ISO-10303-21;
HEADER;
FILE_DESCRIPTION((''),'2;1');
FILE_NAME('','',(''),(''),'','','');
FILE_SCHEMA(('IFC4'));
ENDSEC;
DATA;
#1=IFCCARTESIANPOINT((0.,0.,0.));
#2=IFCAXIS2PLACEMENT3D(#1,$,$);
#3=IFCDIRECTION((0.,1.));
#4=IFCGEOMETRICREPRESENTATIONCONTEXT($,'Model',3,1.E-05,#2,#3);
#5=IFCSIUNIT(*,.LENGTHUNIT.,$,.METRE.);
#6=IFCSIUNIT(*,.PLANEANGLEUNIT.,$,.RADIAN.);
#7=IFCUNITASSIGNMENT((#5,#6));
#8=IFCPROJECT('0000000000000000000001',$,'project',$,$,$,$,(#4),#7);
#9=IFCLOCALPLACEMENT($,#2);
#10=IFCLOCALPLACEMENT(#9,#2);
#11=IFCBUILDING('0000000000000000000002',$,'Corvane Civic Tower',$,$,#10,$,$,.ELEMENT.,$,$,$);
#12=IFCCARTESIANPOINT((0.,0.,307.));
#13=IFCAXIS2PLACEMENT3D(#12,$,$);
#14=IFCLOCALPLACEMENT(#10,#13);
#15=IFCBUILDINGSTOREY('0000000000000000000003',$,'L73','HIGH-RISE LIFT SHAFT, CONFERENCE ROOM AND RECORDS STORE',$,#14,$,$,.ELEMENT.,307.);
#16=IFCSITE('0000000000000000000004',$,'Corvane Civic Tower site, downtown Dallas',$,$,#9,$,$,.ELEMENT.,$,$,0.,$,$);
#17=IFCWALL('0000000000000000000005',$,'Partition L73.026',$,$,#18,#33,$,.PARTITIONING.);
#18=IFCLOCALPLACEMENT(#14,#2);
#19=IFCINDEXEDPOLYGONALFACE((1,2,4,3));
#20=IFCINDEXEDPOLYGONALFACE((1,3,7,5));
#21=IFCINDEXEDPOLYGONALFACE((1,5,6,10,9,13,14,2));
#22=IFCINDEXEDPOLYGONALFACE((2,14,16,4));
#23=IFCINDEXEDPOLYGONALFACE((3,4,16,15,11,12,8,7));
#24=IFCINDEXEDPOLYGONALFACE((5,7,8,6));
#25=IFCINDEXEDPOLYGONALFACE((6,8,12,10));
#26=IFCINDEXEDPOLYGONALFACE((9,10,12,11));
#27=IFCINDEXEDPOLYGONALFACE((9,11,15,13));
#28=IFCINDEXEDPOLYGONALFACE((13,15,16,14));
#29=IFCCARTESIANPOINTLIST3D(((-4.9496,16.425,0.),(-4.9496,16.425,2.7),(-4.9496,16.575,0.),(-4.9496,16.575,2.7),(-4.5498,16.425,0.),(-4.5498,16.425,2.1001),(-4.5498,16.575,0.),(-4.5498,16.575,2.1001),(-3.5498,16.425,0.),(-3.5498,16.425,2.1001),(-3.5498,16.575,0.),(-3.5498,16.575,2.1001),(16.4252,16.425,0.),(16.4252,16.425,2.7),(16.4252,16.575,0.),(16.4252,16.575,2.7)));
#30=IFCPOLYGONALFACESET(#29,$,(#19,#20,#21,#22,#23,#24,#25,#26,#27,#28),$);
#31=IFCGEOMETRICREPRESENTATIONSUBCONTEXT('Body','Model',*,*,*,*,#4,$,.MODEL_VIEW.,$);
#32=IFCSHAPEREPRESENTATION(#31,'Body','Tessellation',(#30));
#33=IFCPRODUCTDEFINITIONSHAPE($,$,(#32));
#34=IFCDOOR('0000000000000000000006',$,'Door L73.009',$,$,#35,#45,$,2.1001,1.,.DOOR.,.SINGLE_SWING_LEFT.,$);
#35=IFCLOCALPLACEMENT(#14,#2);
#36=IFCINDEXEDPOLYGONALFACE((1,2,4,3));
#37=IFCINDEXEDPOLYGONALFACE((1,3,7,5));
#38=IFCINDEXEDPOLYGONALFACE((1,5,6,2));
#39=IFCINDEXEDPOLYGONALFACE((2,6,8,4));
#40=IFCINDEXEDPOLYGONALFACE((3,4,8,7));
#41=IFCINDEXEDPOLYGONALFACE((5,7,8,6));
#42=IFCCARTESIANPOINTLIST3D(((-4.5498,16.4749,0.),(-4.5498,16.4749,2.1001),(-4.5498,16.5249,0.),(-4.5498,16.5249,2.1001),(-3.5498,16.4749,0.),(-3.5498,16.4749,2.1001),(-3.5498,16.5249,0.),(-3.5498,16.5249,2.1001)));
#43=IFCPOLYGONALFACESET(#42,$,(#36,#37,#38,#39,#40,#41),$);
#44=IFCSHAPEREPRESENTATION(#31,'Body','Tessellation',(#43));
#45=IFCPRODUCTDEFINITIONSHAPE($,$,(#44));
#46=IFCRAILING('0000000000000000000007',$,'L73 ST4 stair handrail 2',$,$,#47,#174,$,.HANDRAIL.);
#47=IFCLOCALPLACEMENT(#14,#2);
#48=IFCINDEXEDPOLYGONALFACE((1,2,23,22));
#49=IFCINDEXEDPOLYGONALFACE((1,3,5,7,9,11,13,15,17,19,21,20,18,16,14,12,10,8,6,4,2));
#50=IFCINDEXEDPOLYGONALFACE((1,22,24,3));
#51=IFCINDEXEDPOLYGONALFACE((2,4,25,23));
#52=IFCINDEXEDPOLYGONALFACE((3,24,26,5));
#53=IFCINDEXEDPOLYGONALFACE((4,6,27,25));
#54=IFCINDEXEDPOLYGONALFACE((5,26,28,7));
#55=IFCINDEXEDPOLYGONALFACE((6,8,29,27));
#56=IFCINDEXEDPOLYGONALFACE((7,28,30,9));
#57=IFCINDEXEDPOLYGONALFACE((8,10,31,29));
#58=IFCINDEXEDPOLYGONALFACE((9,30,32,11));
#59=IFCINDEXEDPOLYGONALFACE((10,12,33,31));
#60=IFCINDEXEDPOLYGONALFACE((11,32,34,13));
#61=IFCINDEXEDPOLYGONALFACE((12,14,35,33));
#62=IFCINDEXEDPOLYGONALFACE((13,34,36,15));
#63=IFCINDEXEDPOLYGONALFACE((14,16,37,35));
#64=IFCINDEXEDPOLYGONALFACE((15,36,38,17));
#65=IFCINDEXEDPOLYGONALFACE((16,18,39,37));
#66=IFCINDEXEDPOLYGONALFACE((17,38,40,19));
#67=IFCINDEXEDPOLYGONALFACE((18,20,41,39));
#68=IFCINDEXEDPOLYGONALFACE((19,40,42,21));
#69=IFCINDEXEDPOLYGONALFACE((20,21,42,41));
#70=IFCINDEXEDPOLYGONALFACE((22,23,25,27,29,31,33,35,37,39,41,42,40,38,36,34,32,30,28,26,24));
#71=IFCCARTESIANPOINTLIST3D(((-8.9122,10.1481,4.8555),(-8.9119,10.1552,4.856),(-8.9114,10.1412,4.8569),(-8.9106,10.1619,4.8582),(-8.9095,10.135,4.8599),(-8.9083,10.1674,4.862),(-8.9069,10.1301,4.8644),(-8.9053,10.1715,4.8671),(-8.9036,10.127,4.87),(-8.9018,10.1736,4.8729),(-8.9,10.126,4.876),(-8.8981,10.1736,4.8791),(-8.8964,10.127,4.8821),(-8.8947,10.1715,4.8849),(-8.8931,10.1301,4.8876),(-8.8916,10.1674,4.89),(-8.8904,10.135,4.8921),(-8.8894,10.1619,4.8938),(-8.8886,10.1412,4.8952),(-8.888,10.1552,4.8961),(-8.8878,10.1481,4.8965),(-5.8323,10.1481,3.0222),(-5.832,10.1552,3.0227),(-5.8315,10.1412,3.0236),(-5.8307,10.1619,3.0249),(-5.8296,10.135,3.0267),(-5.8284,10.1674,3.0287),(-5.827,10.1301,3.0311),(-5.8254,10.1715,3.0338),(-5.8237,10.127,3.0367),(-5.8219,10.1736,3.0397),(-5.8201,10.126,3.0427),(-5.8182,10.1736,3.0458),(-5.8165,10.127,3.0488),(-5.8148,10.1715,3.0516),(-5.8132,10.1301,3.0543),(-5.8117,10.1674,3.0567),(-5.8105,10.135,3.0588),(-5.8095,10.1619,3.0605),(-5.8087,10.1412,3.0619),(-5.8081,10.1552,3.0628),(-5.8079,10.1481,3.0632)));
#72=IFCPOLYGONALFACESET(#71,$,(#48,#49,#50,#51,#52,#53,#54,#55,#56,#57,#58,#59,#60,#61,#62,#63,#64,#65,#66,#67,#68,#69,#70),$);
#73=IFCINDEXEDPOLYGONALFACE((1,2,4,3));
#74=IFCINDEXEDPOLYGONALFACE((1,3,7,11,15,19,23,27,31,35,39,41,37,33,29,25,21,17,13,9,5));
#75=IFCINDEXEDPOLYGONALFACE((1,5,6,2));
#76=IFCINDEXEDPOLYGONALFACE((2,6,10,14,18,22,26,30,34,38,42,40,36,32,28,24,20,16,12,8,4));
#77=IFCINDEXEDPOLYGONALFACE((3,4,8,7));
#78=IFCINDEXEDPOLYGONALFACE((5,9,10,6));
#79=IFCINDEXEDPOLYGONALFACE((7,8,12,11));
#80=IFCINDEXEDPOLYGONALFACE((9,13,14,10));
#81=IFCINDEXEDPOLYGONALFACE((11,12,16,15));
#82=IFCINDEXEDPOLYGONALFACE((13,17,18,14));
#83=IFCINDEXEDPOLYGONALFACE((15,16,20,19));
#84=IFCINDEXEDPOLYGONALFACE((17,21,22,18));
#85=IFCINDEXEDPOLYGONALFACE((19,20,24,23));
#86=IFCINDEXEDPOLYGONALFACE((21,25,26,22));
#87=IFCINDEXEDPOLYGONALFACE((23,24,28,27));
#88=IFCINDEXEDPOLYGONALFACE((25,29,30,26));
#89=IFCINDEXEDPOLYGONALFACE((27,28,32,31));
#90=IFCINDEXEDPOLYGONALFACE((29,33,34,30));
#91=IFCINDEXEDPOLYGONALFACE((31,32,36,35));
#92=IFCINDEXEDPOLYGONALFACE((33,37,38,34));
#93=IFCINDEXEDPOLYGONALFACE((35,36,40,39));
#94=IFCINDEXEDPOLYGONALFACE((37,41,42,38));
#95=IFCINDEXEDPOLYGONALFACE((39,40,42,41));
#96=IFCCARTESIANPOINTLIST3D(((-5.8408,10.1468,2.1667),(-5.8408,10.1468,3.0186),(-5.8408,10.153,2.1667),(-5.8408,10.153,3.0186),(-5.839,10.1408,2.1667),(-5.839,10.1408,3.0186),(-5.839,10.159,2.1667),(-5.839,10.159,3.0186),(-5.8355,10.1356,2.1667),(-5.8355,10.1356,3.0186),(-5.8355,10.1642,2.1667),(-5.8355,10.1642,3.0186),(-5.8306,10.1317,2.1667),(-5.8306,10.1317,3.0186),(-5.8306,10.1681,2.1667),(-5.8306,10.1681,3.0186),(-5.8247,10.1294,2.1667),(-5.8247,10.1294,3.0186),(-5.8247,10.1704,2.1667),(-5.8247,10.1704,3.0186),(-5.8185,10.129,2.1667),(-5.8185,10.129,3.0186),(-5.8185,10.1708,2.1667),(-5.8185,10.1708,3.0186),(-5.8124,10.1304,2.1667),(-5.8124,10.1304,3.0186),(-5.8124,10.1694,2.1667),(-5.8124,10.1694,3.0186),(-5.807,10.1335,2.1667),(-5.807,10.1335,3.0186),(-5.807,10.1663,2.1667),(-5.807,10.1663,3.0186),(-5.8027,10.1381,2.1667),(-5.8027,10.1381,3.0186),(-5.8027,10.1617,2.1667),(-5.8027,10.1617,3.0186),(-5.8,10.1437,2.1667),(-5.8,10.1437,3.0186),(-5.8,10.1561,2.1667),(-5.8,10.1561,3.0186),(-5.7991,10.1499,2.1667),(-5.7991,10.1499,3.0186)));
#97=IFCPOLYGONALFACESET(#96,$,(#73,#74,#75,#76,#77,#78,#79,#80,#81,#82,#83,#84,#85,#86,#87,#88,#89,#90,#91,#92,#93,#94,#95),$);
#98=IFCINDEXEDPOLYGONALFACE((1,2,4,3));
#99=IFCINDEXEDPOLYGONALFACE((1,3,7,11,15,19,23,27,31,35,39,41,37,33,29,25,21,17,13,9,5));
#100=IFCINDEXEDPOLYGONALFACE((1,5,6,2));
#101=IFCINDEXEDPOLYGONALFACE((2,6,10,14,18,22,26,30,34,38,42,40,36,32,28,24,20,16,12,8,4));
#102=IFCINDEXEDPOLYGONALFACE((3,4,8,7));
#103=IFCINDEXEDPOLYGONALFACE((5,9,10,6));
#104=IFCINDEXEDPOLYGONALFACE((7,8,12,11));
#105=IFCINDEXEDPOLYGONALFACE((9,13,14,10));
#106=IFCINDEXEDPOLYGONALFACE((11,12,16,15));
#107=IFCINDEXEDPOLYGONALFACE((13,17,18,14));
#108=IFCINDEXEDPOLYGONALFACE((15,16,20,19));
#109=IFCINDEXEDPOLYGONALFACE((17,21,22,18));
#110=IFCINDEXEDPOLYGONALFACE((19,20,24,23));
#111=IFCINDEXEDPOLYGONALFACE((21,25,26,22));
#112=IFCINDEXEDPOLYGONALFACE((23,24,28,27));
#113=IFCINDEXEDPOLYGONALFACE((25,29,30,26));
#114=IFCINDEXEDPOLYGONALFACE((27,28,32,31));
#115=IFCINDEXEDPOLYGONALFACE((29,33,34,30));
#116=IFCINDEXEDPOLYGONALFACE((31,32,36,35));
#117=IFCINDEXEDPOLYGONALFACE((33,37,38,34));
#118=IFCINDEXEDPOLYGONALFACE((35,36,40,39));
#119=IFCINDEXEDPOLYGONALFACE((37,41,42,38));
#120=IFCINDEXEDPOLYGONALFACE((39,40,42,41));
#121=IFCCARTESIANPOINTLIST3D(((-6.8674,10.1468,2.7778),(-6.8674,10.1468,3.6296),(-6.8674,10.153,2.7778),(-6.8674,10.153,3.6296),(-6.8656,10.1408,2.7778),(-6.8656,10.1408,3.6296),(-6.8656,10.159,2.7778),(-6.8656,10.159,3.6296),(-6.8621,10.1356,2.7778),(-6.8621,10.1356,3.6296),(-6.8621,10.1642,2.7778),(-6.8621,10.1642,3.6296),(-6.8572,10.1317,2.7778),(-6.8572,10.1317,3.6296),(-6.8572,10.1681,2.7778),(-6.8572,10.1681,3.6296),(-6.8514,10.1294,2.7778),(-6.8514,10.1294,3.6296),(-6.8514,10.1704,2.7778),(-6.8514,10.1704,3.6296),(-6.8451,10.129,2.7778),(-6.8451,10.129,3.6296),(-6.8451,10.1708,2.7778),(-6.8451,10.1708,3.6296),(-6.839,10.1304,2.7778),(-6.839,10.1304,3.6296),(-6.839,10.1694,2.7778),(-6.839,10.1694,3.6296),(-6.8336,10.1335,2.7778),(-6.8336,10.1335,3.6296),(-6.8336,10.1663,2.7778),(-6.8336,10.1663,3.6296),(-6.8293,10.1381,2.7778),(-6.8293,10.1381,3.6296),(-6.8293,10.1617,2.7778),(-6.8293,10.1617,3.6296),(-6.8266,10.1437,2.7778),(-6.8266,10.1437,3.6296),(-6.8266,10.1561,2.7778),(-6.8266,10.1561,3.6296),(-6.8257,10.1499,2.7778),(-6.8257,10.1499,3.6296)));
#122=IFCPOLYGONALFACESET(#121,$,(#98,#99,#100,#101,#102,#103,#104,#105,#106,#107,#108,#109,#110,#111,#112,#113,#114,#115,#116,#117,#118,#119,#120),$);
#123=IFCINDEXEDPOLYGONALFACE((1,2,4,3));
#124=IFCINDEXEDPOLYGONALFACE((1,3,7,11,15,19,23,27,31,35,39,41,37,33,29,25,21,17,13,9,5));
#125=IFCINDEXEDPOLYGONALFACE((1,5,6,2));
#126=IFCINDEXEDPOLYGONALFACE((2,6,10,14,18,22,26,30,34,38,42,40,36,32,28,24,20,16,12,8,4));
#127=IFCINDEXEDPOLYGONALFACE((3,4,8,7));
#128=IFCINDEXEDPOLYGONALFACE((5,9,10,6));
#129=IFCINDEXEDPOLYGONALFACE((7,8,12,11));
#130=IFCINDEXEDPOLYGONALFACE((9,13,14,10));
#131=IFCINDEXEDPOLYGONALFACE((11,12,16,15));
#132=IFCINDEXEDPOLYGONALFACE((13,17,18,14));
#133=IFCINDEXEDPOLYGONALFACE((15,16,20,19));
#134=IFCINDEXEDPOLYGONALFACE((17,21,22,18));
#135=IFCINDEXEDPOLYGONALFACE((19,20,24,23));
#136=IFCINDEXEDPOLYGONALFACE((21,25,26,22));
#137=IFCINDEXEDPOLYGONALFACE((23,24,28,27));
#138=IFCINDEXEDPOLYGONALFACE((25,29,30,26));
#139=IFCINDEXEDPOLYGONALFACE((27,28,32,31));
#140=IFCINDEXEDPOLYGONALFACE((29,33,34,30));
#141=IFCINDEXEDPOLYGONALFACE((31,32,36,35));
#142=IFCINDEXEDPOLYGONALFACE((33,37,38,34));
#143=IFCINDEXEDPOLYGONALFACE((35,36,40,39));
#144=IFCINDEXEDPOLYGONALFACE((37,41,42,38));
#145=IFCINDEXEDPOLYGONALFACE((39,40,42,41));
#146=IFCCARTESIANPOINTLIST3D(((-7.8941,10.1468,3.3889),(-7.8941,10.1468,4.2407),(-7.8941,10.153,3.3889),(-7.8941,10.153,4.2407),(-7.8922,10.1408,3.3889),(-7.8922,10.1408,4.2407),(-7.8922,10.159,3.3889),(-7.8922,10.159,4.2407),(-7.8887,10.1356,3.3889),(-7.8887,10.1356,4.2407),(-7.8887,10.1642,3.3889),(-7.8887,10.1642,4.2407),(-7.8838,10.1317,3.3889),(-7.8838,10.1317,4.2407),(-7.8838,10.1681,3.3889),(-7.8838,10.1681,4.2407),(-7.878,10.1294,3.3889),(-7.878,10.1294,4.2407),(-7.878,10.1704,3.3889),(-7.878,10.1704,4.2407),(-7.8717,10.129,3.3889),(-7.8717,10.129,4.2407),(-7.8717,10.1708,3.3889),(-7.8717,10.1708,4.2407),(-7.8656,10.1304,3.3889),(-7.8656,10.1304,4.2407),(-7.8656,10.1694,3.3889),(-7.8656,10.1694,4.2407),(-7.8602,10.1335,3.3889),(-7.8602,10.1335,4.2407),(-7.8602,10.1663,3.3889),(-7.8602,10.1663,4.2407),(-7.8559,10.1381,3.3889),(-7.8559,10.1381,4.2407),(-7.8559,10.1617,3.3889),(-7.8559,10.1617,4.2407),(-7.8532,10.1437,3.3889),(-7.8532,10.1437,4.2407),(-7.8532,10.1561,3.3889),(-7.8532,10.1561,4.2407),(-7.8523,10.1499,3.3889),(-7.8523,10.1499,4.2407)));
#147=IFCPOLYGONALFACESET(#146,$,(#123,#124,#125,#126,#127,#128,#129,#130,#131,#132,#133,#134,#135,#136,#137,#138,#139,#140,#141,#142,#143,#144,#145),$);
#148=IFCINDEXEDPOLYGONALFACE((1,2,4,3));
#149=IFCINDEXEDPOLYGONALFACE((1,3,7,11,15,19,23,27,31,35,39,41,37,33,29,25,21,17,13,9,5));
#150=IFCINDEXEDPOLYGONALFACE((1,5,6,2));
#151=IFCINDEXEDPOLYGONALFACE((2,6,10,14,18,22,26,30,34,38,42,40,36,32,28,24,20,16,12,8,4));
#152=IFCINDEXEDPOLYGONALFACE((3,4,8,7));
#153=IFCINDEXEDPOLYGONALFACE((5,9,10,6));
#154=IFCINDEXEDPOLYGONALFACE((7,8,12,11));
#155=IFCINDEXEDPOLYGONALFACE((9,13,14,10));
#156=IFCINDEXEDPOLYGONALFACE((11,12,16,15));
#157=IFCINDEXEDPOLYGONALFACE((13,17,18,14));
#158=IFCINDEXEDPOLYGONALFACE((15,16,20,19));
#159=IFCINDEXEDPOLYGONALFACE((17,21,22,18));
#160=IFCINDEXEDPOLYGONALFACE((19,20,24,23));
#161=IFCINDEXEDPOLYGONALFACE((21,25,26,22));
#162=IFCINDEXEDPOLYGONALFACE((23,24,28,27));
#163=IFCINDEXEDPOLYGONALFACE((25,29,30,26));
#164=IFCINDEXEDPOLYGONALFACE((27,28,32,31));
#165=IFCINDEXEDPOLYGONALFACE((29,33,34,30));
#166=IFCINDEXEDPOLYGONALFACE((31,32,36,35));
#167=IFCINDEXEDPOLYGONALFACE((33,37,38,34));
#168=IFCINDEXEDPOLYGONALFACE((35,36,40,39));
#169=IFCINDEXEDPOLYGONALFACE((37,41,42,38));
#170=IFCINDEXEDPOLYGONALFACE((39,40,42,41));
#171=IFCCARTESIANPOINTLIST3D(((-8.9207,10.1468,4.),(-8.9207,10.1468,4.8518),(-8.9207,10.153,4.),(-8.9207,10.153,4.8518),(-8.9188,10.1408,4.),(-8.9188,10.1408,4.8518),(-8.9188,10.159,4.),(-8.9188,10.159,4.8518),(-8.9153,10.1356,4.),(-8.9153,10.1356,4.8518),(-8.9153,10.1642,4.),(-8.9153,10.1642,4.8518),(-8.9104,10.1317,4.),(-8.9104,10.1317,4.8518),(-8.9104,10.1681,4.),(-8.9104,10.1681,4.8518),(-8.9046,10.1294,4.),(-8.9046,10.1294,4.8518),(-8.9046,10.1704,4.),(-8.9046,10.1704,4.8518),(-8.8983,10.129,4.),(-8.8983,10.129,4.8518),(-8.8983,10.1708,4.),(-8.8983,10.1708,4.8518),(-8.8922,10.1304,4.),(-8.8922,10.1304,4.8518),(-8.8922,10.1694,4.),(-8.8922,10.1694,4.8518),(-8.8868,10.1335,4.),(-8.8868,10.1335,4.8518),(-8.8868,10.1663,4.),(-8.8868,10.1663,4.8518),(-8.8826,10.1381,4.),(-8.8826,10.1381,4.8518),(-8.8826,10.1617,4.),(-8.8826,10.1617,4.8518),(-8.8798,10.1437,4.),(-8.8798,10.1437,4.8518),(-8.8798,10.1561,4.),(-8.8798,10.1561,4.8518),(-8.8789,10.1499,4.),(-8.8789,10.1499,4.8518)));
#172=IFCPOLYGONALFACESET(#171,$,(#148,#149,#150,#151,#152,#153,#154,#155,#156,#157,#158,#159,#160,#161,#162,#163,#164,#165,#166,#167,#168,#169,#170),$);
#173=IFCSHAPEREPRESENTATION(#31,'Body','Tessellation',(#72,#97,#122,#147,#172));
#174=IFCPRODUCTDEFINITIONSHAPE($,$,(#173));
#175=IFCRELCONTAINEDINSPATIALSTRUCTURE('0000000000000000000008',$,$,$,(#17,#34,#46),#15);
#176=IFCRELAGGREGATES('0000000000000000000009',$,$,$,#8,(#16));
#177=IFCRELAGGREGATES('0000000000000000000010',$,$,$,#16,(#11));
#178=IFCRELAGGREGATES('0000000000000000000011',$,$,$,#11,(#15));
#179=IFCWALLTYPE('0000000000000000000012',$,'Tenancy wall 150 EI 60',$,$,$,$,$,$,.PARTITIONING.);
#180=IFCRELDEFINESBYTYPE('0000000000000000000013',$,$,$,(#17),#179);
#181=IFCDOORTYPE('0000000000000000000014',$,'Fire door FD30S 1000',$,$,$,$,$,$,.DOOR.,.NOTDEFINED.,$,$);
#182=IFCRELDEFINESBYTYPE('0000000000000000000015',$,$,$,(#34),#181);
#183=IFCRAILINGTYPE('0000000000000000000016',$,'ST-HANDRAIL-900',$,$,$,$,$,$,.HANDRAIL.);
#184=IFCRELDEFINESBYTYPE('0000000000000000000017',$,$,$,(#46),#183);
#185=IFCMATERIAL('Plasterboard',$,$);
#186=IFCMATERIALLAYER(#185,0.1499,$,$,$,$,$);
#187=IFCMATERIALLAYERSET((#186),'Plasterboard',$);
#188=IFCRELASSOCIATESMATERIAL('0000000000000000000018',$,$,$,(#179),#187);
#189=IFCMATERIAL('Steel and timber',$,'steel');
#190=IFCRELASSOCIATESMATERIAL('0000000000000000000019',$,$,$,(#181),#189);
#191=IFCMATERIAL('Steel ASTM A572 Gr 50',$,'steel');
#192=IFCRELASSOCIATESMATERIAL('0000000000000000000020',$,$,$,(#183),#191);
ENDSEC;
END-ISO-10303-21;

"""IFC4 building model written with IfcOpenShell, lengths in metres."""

from ifc_helpers import new_model, si_unit, direction, frame, frame_2d, origin, origin_2d, place, context, subcontext, project, spatial, rectangle, circle, extrude, material, layer, layer_set, type_object, element, fill, save


model = new_model("IFC4")

# Units and contexts
model_context = context("Model", 3, precision=1e-05, world=origin(), true_north=direction((0.0, 1.0)))
body_context = subcontext(model_context, "Body", "Model", "MODEL_VIEW")
ifc_project = project(units=[si_unit("LENGTHUNIT", "METRE"), si_unit("PLANEANGLEUNIT", "RADIAN")], contexts=[model_context])

# Site, building, storey
site_placement = place(None, origin())
site = spatial("IfcSite", under=ifc_project, at=site_placement, Name="Corvane Civic Tower site, downtown Dallas", CompositionType="ELEMENT", RefElevation=0.0)
building_placement = place(site_placement, origin())
building = spatial("IfcBuilding", under=site, at=building_placement, Name="Corvane Civic Tower", CompositionType="ELEMENT")
storey_placement = place(building_placement, frame((0.0, 0.0, 307.0)))
storey = spatial("IfcBuildingStorey", under=building, at=storey_placement, Name="L73", Description="HIGH-RISE LIFT SHAFT, CONFERENCE ROOM AND RECORDS STORE", CompositionType="ELEMENT", Elevation=307.0)

# Shared definitions
ifc_material_1 = material(Name="Plasterboard")
ifc_layer_1 = layer(ifc_material_1, 0.1499)
ifc_layer_set_1 = layer_set([ifc_layer_1], Name="Plasterboard")
wall_type_1 = type_object("IfcWallType", Name="Tenancy wall 150 EI 60", PredefinedType="PARTITIONING", material=ifc_layer_set_1)

# Wall, opening, door
wall_1_placement = place(storey_placement, frame((-4.9497, 16.5, 0.0), z_axis=(0.0, 0.0, 1.0), x_axis=(1.0, 0.0, 0.0)))
wall_1 = element("IfcWall", 1, at=wall_1_placement, inside=storey, type_object=wall_type_1, Name="Partition L73.026", PredefinedType="PARTITIONING", context=body_context, shape_type="SweptSolid", body=[
    extrude(rectangle(XDim=21.3748, YDim=0.1499, at=frame_2d((10.6875, 0.0))), origin(), (0.0, 0.0, 1.0), 2.7),
])
opening_placement = place(wall_1_placement, frame((0.3999, 0.0, 0.0)))
opening = element("IfcOpeningElement", 2, at=opening_placement, cuts=wall_1, PredefinedType="OPENING", context=body_context, shape_type="SweptSolid", body=[
    extrude(rectangle(XDim=1.0, YDim=2.1001, at=frame_2d((0.5, 1.05))), frame((0.0, 0.085, 0.0), z_axis=(0.0, -1.0, 0.0), x_axis=(1.0, 0.0, 0.0)), (0.0, 0.0, 1.0), 0.1699),
])
ifc_material_2 = material(Name="Steel and timber", Category="steel")
door_type = type_object("IfcDoorType", Name="Fire door FD30S 1000", OperationType="NOTDEFINED", PredefinedType="DOOR", material=ifc_material_2)
door_placement = place(opening_placement, origin())
door = element("IfcDoor", 3, at=door_placement, inside=storey, type_object=door_type, Name="Door L73.009", OperationType="SINGLE_SWING_LEFT", OverallHeight=2.1001, OverallWidth=1.0, PredefinedType="DOOR", context=body_context, shape_type="SweptSolid", body=[
    extrude(rectangle(XDim=1.0, YDim=2.1001, at=frame_2d((0.5, 1.05))), frame((0.0, 0.0249, 0.0), z_axis=(0.0, -1.0, 0.0), x_axis=(1.0, 0.0, 0.0)), (0.0, 0.0, 1.0), 0.05),
])
fill(opening, door)

# Railing
ifc_material_3 = material(Name="Steel ASTM A572 Gr 50", Category="steel")
railing_type = type_object("IfcRailingType", Name="ST-HANDRAIL-900", PredefinedType="HANDRAIL", material=ifc_material_3)
railing_placement = place(storey_placement, frame((-5.8201, 10.1499, 2.1667)))
element("IfcRailing", 4, at=railing_placement, inside=storey, type_object=railing_type, Name="L73 ST4 stair handrail 2", PredefinedType="HANDRAIL", context=body_context, shape_type="SweptSolid", body=[
    extrude(circle(Radius=0.0239, at=origin_2d()), frame((0.0, 0.0, 0.876), z_axis=(-0.859291, 0.0, 0.511487), x_axis=(0.0, -1.0, 0.0)), (0.0, 0.0, 1.0), 3.5842),
    extrude(circle(Radius=0.021, at=origin_2d()), origin(), (0.0, 0.0, 1.0), 0.8518),
    extrude(circle(Radius=0.021, at=origin_2d()), frame((-1.0266, 0.0, 0.6111)), (0.0, 0.0, 1.0), 0.8518),
    extrude(circle(Radius=0.021, at=origin_2d()), frame((-2.0532, 0.0, 1.2222)), (0.0, 0.0, 1.0), 0.8518),
    extrude(circle(Radius=0.021, at=origin_2d()), frame((-3.0798, 0.0, 1.8333)), (0.0, 0.0, 1.0), 0.8518),
])

save(model, "model.ifc")
